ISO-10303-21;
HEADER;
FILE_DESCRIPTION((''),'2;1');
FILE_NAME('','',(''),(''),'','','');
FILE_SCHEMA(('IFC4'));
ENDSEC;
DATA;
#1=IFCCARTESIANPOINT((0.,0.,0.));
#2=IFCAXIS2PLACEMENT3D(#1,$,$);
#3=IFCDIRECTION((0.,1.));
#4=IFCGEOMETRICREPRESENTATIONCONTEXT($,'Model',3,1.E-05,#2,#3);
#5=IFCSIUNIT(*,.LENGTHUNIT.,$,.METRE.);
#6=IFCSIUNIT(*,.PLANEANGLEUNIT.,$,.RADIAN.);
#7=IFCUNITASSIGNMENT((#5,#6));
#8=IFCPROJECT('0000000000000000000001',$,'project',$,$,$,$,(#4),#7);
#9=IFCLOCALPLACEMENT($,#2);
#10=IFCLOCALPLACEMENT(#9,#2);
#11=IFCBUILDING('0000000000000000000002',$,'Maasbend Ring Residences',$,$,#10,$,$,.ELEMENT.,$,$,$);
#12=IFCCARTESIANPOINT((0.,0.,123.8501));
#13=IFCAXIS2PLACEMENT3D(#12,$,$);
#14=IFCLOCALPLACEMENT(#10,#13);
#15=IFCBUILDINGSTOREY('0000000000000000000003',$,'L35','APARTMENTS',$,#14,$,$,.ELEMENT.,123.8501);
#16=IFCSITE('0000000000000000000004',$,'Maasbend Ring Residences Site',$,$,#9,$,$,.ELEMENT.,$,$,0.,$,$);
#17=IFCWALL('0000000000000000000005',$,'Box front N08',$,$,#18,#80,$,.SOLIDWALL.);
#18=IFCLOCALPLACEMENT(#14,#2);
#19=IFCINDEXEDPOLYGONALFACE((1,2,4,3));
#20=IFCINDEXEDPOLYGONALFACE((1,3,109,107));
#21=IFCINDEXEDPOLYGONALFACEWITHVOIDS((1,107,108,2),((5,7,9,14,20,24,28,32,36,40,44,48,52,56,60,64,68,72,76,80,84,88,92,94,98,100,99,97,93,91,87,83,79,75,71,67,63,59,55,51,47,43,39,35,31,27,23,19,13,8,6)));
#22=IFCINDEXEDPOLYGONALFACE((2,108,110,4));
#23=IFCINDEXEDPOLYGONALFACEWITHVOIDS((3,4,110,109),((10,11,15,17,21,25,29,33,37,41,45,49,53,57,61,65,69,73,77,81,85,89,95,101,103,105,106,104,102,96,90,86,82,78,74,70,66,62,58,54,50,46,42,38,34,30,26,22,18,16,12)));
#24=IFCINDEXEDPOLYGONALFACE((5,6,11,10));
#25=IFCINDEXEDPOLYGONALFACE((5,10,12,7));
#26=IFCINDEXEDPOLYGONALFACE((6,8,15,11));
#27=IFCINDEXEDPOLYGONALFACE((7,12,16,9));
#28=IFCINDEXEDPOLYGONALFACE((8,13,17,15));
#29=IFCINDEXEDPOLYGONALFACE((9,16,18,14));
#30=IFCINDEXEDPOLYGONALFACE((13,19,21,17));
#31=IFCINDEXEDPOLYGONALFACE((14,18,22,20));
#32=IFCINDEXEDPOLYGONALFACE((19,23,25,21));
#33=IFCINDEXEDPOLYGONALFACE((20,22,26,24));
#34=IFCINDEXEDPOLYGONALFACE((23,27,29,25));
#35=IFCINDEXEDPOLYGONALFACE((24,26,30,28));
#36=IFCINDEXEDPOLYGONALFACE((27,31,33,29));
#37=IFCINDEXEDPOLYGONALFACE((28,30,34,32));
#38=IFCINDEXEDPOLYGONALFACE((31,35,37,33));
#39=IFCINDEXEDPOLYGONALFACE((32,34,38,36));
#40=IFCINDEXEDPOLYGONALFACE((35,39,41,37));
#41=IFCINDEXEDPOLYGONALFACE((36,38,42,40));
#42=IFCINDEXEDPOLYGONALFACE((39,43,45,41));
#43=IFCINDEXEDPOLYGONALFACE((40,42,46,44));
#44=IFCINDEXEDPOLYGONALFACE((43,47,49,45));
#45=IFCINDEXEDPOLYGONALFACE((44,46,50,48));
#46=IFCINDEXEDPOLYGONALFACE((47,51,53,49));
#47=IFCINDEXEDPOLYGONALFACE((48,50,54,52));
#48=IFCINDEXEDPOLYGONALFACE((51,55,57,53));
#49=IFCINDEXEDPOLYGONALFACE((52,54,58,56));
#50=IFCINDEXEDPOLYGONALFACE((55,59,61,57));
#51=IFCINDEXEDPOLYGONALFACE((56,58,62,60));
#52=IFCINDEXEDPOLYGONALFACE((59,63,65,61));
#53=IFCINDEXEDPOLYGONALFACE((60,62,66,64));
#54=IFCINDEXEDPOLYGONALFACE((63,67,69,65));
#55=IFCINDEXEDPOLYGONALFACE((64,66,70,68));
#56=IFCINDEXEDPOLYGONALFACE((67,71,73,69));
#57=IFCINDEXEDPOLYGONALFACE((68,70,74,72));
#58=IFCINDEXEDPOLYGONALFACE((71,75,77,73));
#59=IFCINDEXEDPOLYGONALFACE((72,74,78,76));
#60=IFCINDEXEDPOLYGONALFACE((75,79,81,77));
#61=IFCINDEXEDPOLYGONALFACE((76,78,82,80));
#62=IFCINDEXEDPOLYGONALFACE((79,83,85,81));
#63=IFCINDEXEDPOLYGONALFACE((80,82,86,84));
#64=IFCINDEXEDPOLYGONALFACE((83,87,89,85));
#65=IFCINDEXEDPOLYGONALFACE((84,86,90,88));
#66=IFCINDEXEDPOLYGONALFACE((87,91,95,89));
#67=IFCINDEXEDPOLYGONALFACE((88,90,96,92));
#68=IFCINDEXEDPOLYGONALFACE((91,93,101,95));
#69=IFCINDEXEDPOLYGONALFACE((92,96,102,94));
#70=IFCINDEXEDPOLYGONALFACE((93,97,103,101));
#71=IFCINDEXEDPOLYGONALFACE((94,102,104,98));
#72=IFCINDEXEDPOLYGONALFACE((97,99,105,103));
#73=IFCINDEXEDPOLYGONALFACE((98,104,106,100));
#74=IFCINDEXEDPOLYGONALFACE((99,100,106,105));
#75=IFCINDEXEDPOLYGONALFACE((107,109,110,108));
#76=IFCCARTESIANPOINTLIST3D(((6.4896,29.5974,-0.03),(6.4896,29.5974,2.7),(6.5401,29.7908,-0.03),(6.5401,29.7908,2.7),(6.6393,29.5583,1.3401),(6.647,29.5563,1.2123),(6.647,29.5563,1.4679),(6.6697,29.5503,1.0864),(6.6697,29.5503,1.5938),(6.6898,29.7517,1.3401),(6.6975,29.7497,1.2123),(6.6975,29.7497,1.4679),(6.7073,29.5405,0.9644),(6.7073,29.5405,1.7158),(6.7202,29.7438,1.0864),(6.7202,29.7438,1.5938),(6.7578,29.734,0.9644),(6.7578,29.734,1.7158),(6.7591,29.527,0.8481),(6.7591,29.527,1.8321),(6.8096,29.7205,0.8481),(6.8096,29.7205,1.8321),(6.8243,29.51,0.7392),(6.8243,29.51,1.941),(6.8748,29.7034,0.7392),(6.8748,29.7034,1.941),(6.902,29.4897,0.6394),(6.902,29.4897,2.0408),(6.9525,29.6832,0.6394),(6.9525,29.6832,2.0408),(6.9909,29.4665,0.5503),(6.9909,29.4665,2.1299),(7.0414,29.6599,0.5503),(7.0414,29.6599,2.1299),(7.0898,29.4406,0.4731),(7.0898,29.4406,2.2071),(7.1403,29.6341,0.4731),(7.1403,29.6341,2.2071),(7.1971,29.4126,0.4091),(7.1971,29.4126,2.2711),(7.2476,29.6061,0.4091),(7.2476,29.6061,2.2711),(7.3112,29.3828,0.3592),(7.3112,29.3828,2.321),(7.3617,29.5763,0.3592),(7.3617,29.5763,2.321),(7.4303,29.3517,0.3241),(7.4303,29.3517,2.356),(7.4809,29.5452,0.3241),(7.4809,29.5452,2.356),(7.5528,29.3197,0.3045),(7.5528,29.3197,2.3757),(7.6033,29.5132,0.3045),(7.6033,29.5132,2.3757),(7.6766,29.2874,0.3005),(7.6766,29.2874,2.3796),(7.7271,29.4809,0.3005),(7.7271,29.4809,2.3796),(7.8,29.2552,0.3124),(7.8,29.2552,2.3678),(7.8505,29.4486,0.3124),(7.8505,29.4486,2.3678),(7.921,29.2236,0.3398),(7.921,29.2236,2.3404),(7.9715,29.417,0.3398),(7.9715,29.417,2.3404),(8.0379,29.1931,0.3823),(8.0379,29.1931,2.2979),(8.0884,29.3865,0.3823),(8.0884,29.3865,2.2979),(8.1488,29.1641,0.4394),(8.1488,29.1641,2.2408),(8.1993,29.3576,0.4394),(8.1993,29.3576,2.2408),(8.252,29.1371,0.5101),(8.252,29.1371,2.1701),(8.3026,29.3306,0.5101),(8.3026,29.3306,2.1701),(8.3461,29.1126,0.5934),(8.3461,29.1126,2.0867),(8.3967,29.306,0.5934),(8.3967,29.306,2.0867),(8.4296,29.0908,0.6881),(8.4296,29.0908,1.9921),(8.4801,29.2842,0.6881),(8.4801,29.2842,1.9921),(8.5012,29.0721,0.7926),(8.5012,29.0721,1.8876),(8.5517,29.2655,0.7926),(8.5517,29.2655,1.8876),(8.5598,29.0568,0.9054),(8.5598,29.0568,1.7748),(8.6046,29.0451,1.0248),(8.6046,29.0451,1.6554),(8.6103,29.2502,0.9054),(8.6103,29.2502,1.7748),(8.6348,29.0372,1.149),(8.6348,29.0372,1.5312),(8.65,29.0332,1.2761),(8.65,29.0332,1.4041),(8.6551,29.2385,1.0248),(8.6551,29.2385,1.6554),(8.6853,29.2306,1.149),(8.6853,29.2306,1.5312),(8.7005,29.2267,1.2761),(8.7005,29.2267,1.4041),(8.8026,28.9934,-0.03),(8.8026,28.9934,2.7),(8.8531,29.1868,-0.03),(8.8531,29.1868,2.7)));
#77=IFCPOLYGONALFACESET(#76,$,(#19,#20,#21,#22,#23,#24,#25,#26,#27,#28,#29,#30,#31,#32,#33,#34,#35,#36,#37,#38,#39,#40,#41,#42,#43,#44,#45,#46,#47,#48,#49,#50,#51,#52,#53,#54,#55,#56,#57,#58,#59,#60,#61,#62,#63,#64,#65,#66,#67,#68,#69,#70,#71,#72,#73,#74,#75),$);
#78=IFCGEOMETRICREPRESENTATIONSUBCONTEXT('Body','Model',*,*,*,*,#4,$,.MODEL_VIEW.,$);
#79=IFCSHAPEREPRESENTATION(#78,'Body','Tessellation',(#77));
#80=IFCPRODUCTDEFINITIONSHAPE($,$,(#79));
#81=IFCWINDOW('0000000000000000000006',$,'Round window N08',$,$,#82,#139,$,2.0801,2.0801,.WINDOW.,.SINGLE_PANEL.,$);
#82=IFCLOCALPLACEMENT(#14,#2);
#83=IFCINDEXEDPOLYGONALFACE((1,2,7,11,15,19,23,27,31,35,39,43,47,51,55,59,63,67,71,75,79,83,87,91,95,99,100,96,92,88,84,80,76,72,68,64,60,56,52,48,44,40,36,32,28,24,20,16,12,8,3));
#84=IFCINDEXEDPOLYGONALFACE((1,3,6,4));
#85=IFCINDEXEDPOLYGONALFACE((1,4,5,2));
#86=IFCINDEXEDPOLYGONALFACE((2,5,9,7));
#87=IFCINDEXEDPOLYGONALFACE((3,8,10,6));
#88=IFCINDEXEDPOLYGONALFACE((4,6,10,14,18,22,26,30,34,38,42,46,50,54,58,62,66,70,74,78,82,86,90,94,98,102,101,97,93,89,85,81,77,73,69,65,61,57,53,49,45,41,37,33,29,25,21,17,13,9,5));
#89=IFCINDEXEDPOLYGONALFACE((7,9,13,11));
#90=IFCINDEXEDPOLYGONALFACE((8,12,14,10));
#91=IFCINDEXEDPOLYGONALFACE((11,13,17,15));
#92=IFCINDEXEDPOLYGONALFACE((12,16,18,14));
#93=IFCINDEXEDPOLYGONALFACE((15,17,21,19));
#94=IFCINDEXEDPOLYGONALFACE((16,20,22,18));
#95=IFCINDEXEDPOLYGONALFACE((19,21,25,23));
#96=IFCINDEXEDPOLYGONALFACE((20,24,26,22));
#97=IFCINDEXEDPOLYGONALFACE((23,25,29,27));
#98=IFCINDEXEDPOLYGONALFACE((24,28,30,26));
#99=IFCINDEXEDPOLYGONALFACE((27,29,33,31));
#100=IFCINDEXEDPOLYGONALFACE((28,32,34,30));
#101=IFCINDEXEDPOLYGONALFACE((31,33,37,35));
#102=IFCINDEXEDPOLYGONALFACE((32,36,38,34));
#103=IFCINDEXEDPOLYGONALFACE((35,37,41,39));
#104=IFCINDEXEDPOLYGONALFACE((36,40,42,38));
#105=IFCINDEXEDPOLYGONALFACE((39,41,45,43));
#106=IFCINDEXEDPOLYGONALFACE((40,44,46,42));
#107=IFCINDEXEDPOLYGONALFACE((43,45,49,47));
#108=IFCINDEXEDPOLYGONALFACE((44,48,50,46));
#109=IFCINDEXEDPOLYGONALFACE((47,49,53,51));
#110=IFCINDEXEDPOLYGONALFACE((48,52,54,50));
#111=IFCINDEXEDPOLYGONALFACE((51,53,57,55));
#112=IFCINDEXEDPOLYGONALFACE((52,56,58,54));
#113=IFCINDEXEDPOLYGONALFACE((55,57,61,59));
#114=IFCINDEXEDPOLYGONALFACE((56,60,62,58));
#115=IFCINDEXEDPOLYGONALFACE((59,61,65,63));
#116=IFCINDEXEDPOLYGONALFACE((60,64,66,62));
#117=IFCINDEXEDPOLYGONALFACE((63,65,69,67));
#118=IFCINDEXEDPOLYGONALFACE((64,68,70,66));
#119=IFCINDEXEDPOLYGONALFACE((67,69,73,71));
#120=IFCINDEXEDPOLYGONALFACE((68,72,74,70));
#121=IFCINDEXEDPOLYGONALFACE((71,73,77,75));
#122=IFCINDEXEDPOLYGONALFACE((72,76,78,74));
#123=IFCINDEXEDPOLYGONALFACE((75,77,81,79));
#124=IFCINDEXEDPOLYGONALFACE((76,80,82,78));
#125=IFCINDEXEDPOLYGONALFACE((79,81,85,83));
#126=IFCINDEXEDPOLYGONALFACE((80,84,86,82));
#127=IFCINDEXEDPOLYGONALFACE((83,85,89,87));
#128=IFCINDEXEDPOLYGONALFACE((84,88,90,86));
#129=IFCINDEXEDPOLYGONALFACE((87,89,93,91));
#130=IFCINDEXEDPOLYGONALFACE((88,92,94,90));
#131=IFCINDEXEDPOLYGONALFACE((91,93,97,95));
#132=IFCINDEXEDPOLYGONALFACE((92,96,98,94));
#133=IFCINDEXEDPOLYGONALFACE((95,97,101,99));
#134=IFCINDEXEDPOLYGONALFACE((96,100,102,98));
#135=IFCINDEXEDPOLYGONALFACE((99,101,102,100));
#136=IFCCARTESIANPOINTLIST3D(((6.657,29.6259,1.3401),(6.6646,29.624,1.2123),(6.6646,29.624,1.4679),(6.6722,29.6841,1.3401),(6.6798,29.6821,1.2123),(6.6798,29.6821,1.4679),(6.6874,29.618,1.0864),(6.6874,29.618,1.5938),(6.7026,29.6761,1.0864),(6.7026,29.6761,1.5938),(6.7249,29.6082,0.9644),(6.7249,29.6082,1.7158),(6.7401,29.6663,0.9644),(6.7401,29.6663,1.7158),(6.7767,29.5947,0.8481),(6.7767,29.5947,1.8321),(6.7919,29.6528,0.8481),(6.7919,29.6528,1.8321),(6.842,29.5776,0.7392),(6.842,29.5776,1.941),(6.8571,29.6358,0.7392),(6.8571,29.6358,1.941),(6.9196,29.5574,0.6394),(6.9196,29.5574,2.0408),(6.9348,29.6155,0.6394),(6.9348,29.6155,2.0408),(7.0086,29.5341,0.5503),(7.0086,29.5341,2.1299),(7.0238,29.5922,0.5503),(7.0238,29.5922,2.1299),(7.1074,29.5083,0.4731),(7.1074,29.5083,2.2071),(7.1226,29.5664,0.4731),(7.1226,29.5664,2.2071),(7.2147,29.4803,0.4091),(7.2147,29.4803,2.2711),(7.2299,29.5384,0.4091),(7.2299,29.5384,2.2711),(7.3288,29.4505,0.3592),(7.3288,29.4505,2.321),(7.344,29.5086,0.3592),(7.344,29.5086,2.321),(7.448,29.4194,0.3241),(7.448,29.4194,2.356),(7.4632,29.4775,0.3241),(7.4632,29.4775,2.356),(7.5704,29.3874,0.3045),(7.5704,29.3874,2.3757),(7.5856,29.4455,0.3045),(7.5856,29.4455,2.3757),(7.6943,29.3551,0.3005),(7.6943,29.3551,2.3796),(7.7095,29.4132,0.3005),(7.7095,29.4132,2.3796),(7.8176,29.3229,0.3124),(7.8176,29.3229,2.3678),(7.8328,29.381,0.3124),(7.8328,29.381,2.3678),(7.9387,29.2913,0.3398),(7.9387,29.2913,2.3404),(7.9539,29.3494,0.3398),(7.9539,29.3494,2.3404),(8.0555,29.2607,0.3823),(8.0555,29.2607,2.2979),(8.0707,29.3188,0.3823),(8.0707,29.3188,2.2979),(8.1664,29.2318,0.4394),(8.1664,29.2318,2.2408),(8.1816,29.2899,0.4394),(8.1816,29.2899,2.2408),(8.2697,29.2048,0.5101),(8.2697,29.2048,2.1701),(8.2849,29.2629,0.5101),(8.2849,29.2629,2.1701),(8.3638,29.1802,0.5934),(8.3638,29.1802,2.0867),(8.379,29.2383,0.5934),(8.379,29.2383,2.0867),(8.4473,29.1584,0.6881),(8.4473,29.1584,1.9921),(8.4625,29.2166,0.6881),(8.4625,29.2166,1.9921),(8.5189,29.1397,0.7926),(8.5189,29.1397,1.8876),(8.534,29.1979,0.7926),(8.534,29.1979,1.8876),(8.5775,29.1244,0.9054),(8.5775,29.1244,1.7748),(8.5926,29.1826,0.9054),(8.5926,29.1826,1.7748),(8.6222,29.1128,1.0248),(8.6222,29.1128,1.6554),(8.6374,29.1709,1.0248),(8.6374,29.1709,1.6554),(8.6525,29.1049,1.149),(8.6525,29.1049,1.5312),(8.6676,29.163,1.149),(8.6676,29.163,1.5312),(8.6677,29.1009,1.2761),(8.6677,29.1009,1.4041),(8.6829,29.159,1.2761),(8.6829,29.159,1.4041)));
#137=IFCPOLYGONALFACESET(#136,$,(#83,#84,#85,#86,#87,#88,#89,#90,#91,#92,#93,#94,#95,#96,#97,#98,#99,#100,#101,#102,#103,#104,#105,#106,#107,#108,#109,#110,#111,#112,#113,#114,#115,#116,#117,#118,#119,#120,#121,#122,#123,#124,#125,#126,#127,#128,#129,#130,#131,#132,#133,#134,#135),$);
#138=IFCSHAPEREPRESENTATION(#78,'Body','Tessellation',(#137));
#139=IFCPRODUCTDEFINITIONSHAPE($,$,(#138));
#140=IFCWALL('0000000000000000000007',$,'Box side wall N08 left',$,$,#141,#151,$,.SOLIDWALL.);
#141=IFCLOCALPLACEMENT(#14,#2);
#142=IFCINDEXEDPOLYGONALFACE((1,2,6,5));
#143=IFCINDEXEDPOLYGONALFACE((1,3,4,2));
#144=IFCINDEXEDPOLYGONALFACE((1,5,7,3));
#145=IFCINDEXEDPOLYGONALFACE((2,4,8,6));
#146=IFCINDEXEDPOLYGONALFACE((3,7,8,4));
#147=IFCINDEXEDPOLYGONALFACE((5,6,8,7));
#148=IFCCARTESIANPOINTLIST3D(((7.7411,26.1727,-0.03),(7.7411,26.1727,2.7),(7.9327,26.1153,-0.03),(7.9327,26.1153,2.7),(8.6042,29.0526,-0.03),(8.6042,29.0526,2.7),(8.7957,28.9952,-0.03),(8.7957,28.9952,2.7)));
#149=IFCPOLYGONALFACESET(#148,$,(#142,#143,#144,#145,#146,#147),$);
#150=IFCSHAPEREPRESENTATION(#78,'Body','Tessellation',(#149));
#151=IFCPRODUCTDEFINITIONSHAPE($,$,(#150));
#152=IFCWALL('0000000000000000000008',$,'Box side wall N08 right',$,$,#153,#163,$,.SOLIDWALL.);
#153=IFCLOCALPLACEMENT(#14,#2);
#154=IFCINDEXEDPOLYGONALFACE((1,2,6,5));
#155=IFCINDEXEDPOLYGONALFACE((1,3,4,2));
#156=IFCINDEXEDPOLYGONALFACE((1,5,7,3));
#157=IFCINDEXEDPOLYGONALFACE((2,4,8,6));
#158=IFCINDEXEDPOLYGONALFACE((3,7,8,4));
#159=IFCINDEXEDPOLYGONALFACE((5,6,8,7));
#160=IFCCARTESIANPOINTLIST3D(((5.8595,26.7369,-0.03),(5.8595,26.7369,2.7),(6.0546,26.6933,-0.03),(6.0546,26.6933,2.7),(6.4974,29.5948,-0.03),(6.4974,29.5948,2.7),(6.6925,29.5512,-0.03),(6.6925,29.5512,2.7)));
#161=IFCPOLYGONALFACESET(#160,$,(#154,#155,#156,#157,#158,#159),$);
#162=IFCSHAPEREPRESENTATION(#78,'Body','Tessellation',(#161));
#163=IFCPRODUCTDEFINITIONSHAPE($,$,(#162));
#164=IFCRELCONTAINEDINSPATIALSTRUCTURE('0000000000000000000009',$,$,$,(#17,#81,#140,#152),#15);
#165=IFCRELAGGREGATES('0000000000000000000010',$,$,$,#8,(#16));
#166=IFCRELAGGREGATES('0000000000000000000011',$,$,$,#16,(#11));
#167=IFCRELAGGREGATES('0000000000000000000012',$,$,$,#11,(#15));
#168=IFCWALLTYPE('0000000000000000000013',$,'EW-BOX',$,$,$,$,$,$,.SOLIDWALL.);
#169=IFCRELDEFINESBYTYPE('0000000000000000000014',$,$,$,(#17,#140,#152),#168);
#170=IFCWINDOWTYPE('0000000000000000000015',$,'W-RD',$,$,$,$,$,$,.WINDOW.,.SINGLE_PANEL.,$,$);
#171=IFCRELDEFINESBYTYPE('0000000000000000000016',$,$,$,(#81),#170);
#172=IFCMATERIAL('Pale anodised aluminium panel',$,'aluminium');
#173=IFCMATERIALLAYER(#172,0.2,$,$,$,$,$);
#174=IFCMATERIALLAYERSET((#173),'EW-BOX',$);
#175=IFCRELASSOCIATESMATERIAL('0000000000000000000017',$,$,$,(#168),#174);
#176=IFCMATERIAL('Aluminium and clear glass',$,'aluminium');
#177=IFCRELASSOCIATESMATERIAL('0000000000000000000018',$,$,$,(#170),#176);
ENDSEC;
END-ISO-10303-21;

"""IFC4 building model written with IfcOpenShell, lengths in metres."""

from ifc_helpers import new_model, si_unit, direction, frame, frame_2d, origin, place, context, subcontext, project, spatial, rectangle, circle, extrude, material, layer, layer_set, type_object, element, fill, save


model = new_model("IFC4")

# Units and contexts
model_context = context("Model", 3, precision=1e-05, world=origin(), true_north=direction((0.0, 1.0)))
body_context = subcontext(model_context, "Body", "Model", "MODEL_VIEW")
ifc_project = project(units=[si_unit("LENGTHUNIT", "METRE"), si_unit("PLANEANGLEUNIT", "RADIAN")], contexts=[model_context])

# Site, building, storey
site_placement = place(None, origin())
site = spatial("IfcSite", under=ifc_project, at=site_placement, Name="Maasbend Ring Residences Site", CompositionType="ELEMENT", RefElevation=0.0)
building_placement = place(site_placement, origin())
building = spatial("IfcBuilding", under=site, at=building_placement, Name="Maasbend Ring Residences", CompositionType="ELEMENT")
storey_placement = place(building_placement, frame((0.0, 0.0, 123.8501)))
storey = spatial("IfcBuildingStorey", under=building, at=storey_placement, Name="L35", Description="APARTMENTS", CompositionType="ELEMENT", Elevation=123.8501)

# Wall, opening, window
ifc_material_1 = material(Name="Pale anodised aluminium panel", Category="aluminium")
ifc_layer_1 = layer(ifc_material_1, 0.2)
ifc_layer_set_1 = layer_set([ifc_layer_1], Name="EW-BOX")
wall_type_1 = type_object("IfcWallType", Name="EW-BOX", PredefinedType="SOLIDWALL", material=ifc_layer_set_1)
wall_1_placement = place(storey_placement, frame((8.8279, 29.0901, -0.03), z_axis=(0.0, 0.0, 1.0), x_axis=(-0.967554, 0.252663, 0.0)))
wall_1 = element("IfcWall", 1, at=wall_1_placement, inside=storey, type_object=wall_type_1, Name="Box front N08", PredefinedType="SOLIDWALL", context=body_context, shape_type="SweptSolid", body=[
    extrude(rectangle(XDim=2.3906, YDim=0.2, at=frame_2d((1.1953, 0.0))), origin(), (0.0, 0.0, 1.0), 2.73),
])
opening_1_placement = place(wall_1_placement, frame((0.1558, 0.0, 0.3301)))
opening_1 = element("IfcOpeningElement", 2, at=opening_1_placement, cuts=wall_1, PredefinedType="OPENING", context=body_context, shape_type="SweptSolid", body=[
    extrude(circle(Radius=1.04, at=frame_2d((1.04, 1.04))), frame((0.0, 0.1099, 0.0), z_axis=(0.0, -1.0, 0.0), x_axis=(1.0, 0.0, 0.0)), (0.0, 0.0, 1.0), 0.22),
])
ifc_material_2 = material(Name="Aluminium and clear glass", Category="aluminium")
window_type_1 = type_object("IfcWindowType", Name="W-RD", PartitioningType="SINGLE_PANEL", PredefinedType="WINDOW", material=ifc_material_2)
window_1_placement = place(opening_1_placement, origin())
window_1 = element("IfcWindow", 3, at=window_1_placement, inside=storey, type_object=window_type_1, Name="Round window N08", OverallHeight=2.0801, OverallWidth=2.0801, PartitioningType="SINGLE_PANEL", PredefinedType="WINDOW", context=body_context, shape_type="SweptSolid", body=[
    extrude(circle(Radius=1.04, at=frame_2d((1.04, 1.04))), frame((0.0, 0.03, 0.0), z_axis=(0.0, -1.0, 0.0), x_axis=(1.0, 0.0, 0.0)), (0.0, 0.0, 1.0), 0.0601),
])
fill(opening_1, window_1)

# Walls
wall_2_placement = place(storey_placement, frame((7.8369, 26.144, -0.03), z_axis=(0.0, 0.0, 1.0), x_axis=(0.287065, 0.957911, 0.0)))
element("IfcWall", 4, at=wall_2_placement, inside=storey, type_object=wall_type_1, Name="Box side wall N08 left", PredefinedType="SOLIDWALL", context=body_context, shape_type="SweptSolid", body=[
    extrude(rectangle(XDim=3.0063, YDim=0.2, at=frame_2d((1.5032, 0.0))), origin(), (0.0, 0.0, 1.0), 2.73),
])
wall_3_placement = place(storey_placement, frame((5.957, 26.7151, -0.03), z_axis=(0.0, 0.0, 1.0), x_axis=(0.217857, 0.975981, 0.0)))
element("IfcWall", 5, at=wall_3_placement, inside=storey, type_object=wall_type_1, Name="Box side wall N08 right", PredefinedType="SOLIDWALL", context=body_context, shape_type="SweptSolid", body=[
    extrude(rectangle(XDim=2.9282, YDim=0.2, at=frame_2d((1.4641, 0.0))), origin(), (0.0, 0.0, 1.0), 2.73),
])

save(model, "model.ifc")
